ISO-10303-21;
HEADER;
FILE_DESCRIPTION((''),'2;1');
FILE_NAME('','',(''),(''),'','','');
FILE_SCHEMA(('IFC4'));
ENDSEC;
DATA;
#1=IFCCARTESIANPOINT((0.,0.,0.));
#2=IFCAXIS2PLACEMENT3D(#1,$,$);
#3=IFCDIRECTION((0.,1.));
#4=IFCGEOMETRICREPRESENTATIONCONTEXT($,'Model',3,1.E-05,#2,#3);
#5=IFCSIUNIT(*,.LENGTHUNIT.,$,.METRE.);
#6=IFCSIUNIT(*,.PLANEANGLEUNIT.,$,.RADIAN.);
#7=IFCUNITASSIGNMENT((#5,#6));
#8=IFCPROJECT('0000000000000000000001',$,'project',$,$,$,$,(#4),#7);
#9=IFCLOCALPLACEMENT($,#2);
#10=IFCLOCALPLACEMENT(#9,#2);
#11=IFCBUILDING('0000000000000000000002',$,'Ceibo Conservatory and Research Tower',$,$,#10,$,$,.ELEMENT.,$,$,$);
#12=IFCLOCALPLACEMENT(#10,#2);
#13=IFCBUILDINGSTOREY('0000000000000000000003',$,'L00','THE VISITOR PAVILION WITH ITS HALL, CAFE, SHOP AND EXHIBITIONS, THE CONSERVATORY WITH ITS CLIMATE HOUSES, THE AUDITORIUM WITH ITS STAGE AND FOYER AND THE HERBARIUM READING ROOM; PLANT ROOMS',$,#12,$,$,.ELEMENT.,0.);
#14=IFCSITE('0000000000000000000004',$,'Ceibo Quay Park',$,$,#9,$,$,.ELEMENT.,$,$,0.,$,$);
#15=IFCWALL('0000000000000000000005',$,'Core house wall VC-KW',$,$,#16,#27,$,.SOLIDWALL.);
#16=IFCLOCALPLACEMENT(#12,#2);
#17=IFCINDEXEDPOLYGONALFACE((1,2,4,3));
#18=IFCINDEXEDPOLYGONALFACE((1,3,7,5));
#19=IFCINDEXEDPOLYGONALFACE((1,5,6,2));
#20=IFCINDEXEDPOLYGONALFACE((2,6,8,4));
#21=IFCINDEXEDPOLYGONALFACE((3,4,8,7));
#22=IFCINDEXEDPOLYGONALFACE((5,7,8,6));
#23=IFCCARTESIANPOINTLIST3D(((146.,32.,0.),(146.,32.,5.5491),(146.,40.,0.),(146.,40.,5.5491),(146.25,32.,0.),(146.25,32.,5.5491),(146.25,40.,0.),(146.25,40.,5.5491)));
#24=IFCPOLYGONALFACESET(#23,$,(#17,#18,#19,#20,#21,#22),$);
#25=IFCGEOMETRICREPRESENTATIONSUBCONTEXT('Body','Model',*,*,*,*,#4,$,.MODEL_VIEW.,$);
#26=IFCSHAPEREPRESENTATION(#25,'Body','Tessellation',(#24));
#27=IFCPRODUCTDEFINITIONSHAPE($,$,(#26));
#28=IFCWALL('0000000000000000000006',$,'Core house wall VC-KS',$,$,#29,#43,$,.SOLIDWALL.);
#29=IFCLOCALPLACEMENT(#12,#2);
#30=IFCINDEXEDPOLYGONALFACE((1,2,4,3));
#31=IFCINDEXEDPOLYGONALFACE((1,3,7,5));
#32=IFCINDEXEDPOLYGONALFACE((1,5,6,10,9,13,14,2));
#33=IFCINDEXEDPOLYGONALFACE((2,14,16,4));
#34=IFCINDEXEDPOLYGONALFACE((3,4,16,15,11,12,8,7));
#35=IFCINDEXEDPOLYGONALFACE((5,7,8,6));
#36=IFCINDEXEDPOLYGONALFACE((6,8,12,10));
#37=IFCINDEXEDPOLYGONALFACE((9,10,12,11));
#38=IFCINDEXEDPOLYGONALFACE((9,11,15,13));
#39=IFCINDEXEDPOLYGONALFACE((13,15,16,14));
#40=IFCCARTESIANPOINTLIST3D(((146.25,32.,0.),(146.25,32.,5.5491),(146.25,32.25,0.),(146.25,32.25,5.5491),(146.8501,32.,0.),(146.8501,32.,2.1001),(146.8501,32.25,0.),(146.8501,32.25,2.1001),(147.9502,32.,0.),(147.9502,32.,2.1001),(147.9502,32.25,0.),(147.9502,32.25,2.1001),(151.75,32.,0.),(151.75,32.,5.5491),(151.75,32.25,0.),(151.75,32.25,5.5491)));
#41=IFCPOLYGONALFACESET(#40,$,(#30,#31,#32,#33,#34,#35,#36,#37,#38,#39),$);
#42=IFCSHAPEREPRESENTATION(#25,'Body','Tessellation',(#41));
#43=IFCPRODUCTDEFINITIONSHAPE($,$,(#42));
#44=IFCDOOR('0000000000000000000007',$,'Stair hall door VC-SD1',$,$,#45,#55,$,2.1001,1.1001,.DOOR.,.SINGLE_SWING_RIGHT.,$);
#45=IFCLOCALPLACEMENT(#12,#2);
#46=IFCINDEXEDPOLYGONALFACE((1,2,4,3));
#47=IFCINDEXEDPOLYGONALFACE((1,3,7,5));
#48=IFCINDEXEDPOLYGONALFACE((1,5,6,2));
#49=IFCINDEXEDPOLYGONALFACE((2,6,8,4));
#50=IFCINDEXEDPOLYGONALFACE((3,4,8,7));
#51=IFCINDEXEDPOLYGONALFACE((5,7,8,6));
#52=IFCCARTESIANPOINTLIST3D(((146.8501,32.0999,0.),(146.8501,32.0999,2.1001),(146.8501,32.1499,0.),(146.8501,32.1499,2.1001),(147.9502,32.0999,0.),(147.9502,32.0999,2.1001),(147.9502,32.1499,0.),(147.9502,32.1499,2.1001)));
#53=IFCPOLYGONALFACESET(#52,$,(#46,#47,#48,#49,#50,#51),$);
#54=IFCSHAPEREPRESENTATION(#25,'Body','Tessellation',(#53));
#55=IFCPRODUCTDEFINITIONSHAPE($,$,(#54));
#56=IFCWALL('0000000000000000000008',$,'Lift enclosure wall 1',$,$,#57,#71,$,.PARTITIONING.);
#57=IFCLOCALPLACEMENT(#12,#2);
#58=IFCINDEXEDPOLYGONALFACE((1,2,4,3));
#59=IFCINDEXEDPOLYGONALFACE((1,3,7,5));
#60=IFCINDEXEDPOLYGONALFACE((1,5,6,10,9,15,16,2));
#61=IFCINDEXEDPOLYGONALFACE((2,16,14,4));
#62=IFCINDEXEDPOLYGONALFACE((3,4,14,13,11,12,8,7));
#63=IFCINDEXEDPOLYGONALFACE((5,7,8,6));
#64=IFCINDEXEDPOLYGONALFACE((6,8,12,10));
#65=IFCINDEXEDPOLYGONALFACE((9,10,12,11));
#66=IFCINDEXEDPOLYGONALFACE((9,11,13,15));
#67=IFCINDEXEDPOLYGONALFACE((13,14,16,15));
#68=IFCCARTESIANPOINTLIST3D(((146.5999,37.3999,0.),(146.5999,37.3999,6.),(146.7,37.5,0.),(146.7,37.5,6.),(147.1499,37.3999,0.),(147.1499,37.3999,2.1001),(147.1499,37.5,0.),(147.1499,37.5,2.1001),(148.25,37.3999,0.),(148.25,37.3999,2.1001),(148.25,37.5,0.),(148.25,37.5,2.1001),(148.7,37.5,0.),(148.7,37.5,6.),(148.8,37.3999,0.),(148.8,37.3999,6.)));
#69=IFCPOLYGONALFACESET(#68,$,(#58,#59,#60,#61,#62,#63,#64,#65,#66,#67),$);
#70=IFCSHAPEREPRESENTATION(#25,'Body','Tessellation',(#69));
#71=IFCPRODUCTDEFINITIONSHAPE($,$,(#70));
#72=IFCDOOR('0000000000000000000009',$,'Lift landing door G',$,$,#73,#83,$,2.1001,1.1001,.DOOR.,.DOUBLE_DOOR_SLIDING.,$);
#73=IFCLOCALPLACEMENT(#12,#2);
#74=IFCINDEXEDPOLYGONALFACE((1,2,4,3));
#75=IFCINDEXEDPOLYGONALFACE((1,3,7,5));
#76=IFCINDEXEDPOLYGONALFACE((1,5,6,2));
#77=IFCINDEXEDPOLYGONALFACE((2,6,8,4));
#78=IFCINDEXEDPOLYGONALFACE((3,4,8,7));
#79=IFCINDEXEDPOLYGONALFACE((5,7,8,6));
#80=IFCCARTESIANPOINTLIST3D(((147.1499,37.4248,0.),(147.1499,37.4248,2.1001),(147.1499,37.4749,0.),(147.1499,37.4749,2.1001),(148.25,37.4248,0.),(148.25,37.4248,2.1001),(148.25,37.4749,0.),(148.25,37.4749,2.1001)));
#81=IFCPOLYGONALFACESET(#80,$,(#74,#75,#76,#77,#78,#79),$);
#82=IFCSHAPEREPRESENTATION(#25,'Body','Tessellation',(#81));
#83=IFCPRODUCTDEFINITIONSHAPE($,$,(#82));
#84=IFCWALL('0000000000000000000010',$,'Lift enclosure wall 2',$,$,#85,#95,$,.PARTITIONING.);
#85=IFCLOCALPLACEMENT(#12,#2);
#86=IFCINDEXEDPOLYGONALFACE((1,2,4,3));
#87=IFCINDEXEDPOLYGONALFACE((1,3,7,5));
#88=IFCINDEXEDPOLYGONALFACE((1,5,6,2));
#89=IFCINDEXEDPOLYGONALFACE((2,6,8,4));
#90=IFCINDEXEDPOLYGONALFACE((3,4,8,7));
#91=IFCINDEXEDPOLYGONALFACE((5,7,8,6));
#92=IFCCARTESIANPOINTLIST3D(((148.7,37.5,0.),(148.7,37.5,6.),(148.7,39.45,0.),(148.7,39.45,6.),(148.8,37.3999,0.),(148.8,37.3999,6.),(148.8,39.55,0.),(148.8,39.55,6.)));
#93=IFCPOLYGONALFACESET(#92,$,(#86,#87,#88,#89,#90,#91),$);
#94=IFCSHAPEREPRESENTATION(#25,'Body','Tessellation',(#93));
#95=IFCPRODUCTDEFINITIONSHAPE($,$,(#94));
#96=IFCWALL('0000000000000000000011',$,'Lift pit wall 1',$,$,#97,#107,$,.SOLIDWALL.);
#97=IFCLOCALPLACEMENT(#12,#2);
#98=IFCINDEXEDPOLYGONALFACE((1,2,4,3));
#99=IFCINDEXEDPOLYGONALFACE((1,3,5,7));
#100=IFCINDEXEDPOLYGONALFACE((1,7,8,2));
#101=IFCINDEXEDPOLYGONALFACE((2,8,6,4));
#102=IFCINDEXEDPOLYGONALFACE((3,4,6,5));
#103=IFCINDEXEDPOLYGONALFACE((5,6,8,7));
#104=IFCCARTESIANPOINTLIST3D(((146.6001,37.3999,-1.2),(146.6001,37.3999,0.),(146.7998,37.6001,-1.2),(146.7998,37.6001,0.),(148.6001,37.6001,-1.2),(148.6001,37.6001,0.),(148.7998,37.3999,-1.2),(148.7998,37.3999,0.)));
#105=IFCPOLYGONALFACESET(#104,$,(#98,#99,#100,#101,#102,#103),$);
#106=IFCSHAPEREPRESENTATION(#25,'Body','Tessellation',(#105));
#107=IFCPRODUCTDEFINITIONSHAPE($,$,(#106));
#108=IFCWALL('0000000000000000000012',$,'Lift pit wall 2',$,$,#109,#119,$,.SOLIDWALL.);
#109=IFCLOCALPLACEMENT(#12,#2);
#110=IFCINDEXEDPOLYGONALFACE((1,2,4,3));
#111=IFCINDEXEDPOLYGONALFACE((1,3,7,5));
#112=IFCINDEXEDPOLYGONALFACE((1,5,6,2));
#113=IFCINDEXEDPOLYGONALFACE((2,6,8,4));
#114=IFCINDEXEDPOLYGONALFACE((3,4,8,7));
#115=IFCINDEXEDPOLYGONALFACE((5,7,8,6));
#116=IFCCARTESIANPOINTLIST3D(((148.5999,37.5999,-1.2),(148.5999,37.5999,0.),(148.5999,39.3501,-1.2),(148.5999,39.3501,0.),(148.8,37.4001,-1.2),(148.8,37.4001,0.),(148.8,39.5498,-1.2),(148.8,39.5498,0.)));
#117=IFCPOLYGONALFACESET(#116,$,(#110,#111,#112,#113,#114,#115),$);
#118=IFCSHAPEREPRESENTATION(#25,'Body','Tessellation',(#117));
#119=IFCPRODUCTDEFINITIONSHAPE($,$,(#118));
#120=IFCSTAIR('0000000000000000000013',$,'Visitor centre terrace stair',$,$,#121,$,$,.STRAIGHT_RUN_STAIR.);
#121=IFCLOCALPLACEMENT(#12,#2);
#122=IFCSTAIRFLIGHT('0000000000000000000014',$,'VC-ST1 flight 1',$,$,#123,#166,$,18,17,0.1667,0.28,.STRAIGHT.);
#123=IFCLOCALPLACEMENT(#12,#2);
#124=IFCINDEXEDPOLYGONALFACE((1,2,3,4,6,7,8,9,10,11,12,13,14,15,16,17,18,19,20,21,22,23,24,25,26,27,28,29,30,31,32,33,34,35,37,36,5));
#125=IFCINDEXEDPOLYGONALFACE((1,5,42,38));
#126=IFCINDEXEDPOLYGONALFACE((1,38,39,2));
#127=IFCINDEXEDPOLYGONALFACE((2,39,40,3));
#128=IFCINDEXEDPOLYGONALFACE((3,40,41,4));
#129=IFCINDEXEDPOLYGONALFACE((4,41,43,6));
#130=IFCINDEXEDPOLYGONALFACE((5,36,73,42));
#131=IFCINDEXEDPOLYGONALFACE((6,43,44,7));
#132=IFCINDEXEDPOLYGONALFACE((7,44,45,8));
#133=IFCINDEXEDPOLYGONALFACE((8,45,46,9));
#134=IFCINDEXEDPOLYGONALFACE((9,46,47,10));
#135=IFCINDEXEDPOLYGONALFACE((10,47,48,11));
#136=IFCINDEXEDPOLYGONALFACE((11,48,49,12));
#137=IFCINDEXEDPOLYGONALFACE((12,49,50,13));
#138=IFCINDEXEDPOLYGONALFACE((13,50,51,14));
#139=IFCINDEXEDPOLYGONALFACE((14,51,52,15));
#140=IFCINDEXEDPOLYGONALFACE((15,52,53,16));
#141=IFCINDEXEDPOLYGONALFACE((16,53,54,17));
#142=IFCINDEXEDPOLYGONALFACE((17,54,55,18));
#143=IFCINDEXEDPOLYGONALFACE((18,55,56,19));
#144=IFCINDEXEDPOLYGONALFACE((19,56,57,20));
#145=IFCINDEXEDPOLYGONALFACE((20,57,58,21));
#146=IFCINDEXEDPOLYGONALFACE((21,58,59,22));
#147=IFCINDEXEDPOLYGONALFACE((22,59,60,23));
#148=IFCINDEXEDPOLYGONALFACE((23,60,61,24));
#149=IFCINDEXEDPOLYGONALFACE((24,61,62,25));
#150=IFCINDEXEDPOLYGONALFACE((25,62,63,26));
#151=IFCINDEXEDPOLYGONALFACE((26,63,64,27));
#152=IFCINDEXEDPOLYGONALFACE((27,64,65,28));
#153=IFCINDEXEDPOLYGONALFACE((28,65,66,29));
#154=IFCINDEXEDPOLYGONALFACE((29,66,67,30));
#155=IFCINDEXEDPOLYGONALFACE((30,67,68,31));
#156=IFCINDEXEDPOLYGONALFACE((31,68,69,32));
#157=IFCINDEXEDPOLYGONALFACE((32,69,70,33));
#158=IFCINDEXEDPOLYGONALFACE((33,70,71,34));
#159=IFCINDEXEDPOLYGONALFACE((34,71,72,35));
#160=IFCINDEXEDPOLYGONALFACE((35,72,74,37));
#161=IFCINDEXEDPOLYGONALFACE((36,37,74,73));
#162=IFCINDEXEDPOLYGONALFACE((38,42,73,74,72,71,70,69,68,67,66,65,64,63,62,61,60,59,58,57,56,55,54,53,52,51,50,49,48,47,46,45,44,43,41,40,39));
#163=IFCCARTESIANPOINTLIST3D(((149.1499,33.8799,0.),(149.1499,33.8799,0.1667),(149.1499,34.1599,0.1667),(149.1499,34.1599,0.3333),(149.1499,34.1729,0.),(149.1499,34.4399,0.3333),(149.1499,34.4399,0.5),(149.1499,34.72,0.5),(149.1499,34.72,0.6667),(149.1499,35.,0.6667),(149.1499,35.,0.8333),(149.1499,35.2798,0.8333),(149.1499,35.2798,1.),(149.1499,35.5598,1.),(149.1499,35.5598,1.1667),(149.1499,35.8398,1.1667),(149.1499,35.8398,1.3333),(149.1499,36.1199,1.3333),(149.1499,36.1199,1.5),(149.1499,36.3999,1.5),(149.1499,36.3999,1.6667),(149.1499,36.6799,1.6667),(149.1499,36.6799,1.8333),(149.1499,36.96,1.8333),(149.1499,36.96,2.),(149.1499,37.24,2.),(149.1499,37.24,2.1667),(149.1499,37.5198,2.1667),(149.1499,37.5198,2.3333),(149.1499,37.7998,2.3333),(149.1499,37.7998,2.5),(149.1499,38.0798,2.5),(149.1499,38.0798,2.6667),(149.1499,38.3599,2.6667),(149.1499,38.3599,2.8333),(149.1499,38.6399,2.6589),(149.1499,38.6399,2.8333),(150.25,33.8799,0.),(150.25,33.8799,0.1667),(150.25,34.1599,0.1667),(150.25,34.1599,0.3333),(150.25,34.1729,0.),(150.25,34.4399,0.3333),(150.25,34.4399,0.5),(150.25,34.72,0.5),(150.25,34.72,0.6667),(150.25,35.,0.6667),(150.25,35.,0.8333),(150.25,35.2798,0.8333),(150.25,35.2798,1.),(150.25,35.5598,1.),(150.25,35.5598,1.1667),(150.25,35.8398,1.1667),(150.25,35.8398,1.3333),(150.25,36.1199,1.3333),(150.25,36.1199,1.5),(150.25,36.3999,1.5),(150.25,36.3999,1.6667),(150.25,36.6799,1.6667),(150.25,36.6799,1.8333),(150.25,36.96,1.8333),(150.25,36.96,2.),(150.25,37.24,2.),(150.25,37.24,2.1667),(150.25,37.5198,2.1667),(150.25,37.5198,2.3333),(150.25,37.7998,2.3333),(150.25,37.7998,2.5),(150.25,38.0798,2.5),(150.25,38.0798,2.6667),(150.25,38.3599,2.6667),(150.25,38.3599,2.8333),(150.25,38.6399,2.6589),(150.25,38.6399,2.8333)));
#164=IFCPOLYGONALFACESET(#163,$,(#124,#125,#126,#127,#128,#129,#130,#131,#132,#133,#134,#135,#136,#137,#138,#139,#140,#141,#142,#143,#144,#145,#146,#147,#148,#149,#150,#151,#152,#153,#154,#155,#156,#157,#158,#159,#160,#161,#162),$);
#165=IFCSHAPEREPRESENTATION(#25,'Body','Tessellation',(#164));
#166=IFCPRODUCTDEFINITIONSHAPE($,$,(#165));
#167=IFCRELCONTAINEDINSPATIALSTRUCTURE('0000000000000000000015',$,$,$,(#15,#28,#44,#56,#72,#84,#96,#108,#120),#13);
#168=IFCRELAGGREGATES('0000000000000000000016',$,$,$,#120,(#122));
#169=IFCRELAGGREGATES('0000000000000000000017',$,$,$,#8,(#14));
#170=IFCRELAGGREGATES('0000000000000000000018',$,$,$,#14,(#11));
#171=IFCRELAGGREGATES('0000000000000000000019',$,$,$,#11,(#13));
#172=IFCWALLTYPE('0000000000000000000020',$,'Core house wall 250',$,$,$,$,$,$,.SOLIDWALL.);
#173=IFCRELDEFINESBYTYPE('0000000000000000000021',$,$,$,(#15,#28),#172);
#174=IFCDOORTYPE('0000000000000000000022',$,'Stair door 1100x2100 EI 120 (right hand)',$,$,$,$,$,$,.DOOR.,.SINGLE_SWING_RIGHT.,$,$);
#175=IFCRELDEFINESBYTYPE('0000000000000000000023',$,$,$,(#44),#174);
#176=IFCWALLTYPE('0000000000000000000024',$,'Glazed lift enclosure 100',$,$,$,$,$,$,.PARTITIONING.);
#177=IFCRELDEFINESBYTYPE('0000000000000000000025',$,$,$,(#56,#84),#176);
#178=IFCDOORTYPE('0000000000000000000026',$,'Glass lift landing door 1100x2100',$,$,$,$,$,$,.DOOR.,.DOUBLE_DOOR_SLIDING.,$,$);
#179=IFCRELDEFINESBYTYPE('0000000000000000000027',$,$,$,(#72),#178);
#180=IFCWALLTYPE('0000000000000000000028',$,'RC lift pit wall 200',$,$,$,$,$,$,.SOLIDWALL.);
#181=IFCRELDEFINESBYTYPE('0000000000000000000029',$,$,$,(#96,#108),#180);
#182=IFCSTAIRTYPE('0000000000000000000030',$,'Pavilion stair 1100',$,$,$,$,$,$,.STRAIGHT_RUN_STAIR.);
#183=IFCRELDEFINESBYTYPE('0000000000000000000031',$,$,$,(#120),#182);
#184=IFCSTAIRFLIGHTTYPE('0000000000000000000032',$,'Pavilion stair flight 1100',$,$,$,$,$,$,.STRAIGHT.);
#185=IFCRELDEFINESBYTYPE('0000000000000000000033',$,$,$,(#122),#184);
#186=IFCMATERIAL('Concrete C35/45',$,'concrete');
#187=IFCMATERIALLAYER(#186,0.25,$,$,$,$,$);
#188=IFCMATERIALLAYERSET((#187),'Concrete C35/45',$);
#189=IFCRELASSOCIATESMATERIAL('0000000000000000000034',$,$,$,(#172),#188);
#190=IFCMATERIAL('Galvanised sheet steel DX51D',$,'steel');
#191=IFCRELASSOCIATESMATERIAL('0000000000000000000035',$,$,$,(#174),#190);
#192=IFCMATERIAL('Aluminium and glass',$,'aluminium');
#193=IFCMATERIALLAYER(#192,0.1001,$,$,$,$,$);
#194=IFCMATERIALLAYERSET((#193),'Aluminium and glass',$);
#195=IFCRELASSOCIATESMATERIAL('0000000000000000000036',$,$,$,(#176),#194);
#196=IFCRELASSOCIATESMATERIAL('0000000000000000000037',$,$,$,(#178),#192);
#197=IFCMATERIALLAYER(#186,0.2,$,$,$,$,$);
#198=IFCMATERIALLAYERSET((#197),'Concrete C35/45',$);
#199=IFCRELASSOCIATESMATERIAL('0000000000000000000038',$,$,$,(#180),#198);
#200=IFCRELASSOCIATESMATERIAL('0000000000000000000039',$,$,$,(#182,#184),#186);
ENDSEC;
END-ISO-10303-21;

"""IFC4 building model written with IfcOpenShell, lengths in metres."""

from ifc_helpers import new_model, si_unit, direction, frame, frame_2d, origin, place, context, subcontext, project, spatial, polyline, rectangle, outline, extrude, material, layer, layer_set, type_object, element, fill, aggregate, save


model = new_model("IFC4")

# Units and contexts
model_context = context("Model", 3, precision=1e-05, world=origin(), true_north=direction((0.0, 1.0)))
body_context = subcontext(model_context, "Body", "Model", "MODEL_VIEW")
ifc_project = project(units=[si_unit("LENGTHUNIT", "METRE"), si_unit("PLANEANGLEUNIT", "RADIAN")], contexts=[model_context])

# Site, building, storey
site_placement = place(None, origin())
site = spatial("IfcSite", under=ifc_project, at=site_placement, Name="Ceibo Quay Park", CompositionType="ELEMENT", RefElevation=0.0)
building_placement = place(site_placement, origin())
building = spatial("IfcBuilding", under=site, at=building_placement, Name="Ceibo Conservatory and Research Tower", CompositionType="ELEMENT")
storey_placement = place(building_placement, origin())
storey = spatial("IfcBuildingStorey", under=building, at=storey_placement, Name="L00", Description="THE VISITOR PAVILION WITH ITS HALL, CAFE, SHOP AND EXHIBITIONS, THE CONSERVATORY WITH ITS CLIMATE HOUSES, THE AUDITORIUM WITH ITS STAGE AND FOYER AND THE HERBARIUM READING ROOM; PLANT ROOMS", CompositionType="ELEMENT", Elevation=0.0)

# Shared definitions
ifc_material_1 = material(Name="Concrete C35/45", Category="concrete")

# Shared definitions
ifc_material_2 = material(Name="Aluminium and glass", Category="aluminium")

# Wall
ifc_layer_1 = layer(ifc_material_1, 0.25)
ifc_layer_set_1 = layer_set([ifc_layer_1], Name="Concrete C35/45")
wall_type_1 = type_object("IfcWallType", Name="Core house wall 250", PredefinedType="SOLIDWALL", material=ifc_layer_set_1)
wall_1_placement = place(storey_placement, frame((146.125, 32.0, 0.0), z_axis=(0.0, 0.0, 1.0), x_axis=(0.0, 1.0, 0.0)))
element("IfcWall", 1, at=wall_1_placement, inside=storey, type_object=wall_type_1, Name="Core house wall VC-KW", PredefinedType="SOLIDWALL", context=body_context, shape_type="SweptSolid", body=[
    extrude(rectangle(XDim=8.0, YDim=0.25, at=frame_2d((4.0, 0.0))), origin(), (0.0, 0.0, 1.0), 5.5491),
])

# Walls, openings, doors
wall_2_placement = place(storey_placement, frame((146.25, 32.125, 0.0), z_axis=(0.0, 0.0, 1.0), x_axis=(1.0, 0.0, 0.0)))
wall_2 = element("IfcWall", 2, at=wall_2_placement, inside=storey, type_object=wall_type_1, Name="Core house wall VC-KS", PredefinedType="SOLIDWALL", context=body_context, shape_type="SweptSolid", body=[
    extrude(rectangle(XDim=5.5, YDim=0.25, at=frame_2d((2.75, 0.0))), origin(), (0.0, 0.0, 1.0), 5.5491),
])
opening_1_placement = place(wall_2_placement, frame((0.6001, 0.0, 0.0)))
opening_1 = element("IfcOpeningElement", 3, at=opening_1_placement, cuts=wall_2, PredefinedType="OPENING", context=body_context, shape_type="SweptSolid", body=[
    extrude(rectangle(XDim=1.1001, YDim=2.1001, at=frame_2d((0.55, 1.05))), frame((0.0, 0.135, 0.0), z_axis=(0.0, -1.0, 0.0), x_axis=(1.0, 0.0, 0.0)), (0.0, 0.0, 1.0), 0.27),
])
ifc_material_3 = material(Name="Galvanised sheet steel DX51D", Category="steel")
door_type_1 = type_object("IfcDoorType", Name="Stair door 1100x2100 EI 120 (right hand)", OperationType="SINGLE_SWING_RIGHT", PredefinedType="DOOR", material=ifc_material_3)
door_1_placement = place(opening_1_placement, origin())
door_1 = element("IfcDoor", 4, at=door_1_placement, inside=storey, type_object=door_type_1, Name="Stair hall door VC-SD1", OperationType="SINGLE_SWING_RIGHT", OverallHeight=2.1001, OverallWidth=1.1001, PredefinedType="DOOR", context=body_context, shape_type="SweptSolid", body=[
    extrude(rectangle(XDim=1.1001, YDim=2.1001, at=frame_2d((0.55, 1.05))), frame((0.0, 0.0249, 0.0), z_axis=(0.0, -1.0, 0.0), x_axis=(1.0, 0.0, 0.0)), (0.0, 0.0, 1.0), 0.05),
])
fill(opening_1, door_1)
ifc_layer_2 = layer(ifc_material_2, 0.1001)
ifc_layer_set_2 = layer_set([ifc_layer_2], Name="Aluminium and glass")
wall_type_2 = type_object("IfcWallType", Name="Glazed lift enclosure 100", PredefinedType="PARTITIONING", material=ifc_layer_set_2)
wall_3_placement = place(storey_placement, frame((146.6499, 37.45, 0.0), z_axis=(0.0, 0.0, 1.0), x_axis=(1.0, 0.0, 0.0)))
wall_3 = element("IfcWall", 5, at=wall_3_placement, inside=storey, type_object=wall_type_2, Name="Lift enclosure wall 1", PredefinedType="PARTITIONING", context=body_context, shape_type="SweptSolid", body=[
    extrude(outline(polyline([(-0.05, -0.05), (2.1501, -0.05), (2.05, 0.05), (0.05, 0.05), (-0.05, -0.05)])), origin(), (0.0, 0.0, 1.0), 6.0),
])
opening_2_placement = place(wall_3_placement, frame((0.5, 0.0, 0.0)))
opening_2 = element("IfcOpeningElement", 6, at=opening_2_placement, cuts=wall_3, PredefinedType="OPENING", context=body_context, shape_type="SweptSolid", body=[
    extrude(rectangle(XDim=1.1001, YDim=2.1001, at=frame_2d((0.55, 1.05))), frame((0.0, 0.0601, 0.0), z_axis=(0.0, -1.0, 0.0), x_axis=(1.0, 0.0, 0.0)), (0.0, 0.0, 1.0), 0.1201),
])
door_type_2 = type_object("IfcDoorType", Name="Glass lift landing door 1100x2100", OperationType="DOUBLE_DOOR_SLIDING", PredefinedType="DOOR", material=ifc_material_2)
door_2_placement = place(opening_2_placement, origin())
door_2 = element("IfcDoor", 7, at=door_2_placement, inside=storey, type_object=door_type_2, Name="Lift landing door G", OperationType="DOUBLE_DOOR_SLIDING", OverallHeight=2.1001, OverallWidth=1.1001, PredefinedType="DOOR", context=body_context, shape_type="SweptSolid", body=[
    extrude(rectangle(XDim=1.1001, YDim=2.1001, at=frame_2d((0.55, 1.05))), frame((0.0, 0.0249, 0.0), z_axis=(0.0, -1.0, 0.0), x_axis=(1.0, 0.0, 0.0)), (0.0, 0.0, 1.0), 0.05),
])
fill(opening_2, door_2)

# Wall
wall_4_placement = place(storey_placement, frame((148.75, 37.45, 0.0), z_axis=(0.0, 0.0, 1.0), x_axis=(0.0, 1.0, 0.0)))
element("IfcWall", 8, at=wall_4_placement, inside=storey, type_object=wall_type_2, Name="Lift enclosure wall 2", PredefinedType="PARTITIONING", context=body_context, shape_type="SweptSolid", body=[
    extrude(outline(polyline([(-0.05, -0.05), (2.1001, -0.05), (2.0, 0.05), (0.05, 0.05), (-0.05, -0.05)])), origin(), (0.0, 0.0, 1.0), 6.0),
])

# Walls
ifc_layer_3 = layer(ifc_material_1, 0.2)
ifc_layer_set_3 = layer_set([ifc_layer_3], Name="Concrete C35/45")
wall_type_3 = type_object("IfcWallType", Name="RC lift pit wall 200", PredefinedType="SOLIDWALL", material=ifc_layer_set_3)
wall_5_placement = place(storey_placement, frame((146.7, 37.5, -1.2), z_axis=(0.0, 0.0, 1.0), x_axis=(1.0, 0.0, 0.0)))
element("IfcWall", 9, at=wall_5_placement, inside=storey, type_object=wall_type_3, Name="Lift pit wall 1", PredefinedType="SOLIDWALL", context=body_context, shape_type="SweptSolid", body=[
    extrude(outline(polyline([(-0.0999, -0.1001), (2.0999, -0.1001), (1.9001, 0.1001), (0.0999, 0.1001), (-0.0999, -0.1001)])), origin(), (0.0, 0.0, 1.0), 1.2),
])
wall_6_placement = place(storey_placement, frame((148.7, 37.5, -1.2), z_axis=(0.0, 0.0, 1.0), x_axis=(0.0, 1.0, 0.0)))
element("IfcWall", 10, at=wall_6_placement, inside=storey, type_object=wall_type_3, Name="Lift pit wall 2", PredefinedType="SOLIDWALL", context=body_context, shape_type="SweptSolid", body=[
    extrude(outline(polyline([(-0.0999, -0.1001), (2.0498, -0.1001), (1.8501, 0.1001), (0.0999, 0.1001), (-0.0999, -0.1001)])), origin(), (0.0, 0.0, 1.0), 1.2),
])

# Stair, stair flight
stair_type = type_object("IfcStairType", Name="Pavilion stair 1100", PredefinedType="STRAIGHT_RUN_STAIR", material=ifc_material_1)
stair_placement = place(storey_placement, origin())
stair = element("IfcStair", 11, at=stair_placement, inside=storey, type_object=stair_type, Name="Visitor centre terrace stair", PredefinedType="STRAIGHT_RUN_STAIR")
stair_flight_type = type_object("IfcStairFlightType", Name="Pavilion stair flight 1100", PredefinedType="STRAIGHT", material=ifc_material_1)
stair_flight_placement = place(storey_placement, frame((149.7, 33.8799, 0.0), z_axis=(0.0, 0.0, 1.0), x_axis=(0.0, 1.0, 0.0)))
stair_flight = element("IfcStairFlight", 12, at=stair_flight_placement, type_object=stair_flight_type, Name="VC-ST1 flight 1", NumberOfRisers=18, NumberOfTreads=17, PredefinedType="STRAIGHT", RiserHeight=0.1667, TreadLength=0.28, context=body_context, shape_type="SweptSolid", body=[
    extrude(outline(polyline([(0.0, 0.0), (0.0, 0.1667), (0.28, 0.1667), (0.28, 0.3333), (0.5601, 0.3333), (0.5601, 0.5), (0.8401, 0.5), (0.8401, 0.6667), (1.1201, 0.6667), (1.1201, 0.8333), (1.3999, 0.8333), (1.3999, 1.0), (1.6799, 1.0), (1.6799, 1.1667), (1.96, 1.1667), (1.96, 1.3333), (2.24, 1.3333), (2.24, 1.5), (2.52, 1.5), (2.52, 1.6667), (2.8, 1.6667), (2.8, 1.8333), (3.0801, 1.8333), (3.0801, 2.0), (3.3601, 2.0), (3.3601, 2.1667), (3.6399, 2.1667), (3.6399, 2.3333), (3.9199, 2.3333), (3.9199, 2.5), (4.2, 2.5), (4.2, 2.6667), (4.48, 2.6667), (4.48, 2.8333), (4.76, 2.8333), (4.76, 3.0), (4.76, 2.6589), (0.293, 0.0), (0.0, 0.0)])), frame((0.0, 0.55, 0.0), z_axis=(0.0, -1.0, 0.0), x_axis=(1.0, 0.0, 0.0)), (0.0, 0.0, 1.0), 1.1001),
])
aggregate(stair, [stair_flight])

save(model, "model.ifc")
